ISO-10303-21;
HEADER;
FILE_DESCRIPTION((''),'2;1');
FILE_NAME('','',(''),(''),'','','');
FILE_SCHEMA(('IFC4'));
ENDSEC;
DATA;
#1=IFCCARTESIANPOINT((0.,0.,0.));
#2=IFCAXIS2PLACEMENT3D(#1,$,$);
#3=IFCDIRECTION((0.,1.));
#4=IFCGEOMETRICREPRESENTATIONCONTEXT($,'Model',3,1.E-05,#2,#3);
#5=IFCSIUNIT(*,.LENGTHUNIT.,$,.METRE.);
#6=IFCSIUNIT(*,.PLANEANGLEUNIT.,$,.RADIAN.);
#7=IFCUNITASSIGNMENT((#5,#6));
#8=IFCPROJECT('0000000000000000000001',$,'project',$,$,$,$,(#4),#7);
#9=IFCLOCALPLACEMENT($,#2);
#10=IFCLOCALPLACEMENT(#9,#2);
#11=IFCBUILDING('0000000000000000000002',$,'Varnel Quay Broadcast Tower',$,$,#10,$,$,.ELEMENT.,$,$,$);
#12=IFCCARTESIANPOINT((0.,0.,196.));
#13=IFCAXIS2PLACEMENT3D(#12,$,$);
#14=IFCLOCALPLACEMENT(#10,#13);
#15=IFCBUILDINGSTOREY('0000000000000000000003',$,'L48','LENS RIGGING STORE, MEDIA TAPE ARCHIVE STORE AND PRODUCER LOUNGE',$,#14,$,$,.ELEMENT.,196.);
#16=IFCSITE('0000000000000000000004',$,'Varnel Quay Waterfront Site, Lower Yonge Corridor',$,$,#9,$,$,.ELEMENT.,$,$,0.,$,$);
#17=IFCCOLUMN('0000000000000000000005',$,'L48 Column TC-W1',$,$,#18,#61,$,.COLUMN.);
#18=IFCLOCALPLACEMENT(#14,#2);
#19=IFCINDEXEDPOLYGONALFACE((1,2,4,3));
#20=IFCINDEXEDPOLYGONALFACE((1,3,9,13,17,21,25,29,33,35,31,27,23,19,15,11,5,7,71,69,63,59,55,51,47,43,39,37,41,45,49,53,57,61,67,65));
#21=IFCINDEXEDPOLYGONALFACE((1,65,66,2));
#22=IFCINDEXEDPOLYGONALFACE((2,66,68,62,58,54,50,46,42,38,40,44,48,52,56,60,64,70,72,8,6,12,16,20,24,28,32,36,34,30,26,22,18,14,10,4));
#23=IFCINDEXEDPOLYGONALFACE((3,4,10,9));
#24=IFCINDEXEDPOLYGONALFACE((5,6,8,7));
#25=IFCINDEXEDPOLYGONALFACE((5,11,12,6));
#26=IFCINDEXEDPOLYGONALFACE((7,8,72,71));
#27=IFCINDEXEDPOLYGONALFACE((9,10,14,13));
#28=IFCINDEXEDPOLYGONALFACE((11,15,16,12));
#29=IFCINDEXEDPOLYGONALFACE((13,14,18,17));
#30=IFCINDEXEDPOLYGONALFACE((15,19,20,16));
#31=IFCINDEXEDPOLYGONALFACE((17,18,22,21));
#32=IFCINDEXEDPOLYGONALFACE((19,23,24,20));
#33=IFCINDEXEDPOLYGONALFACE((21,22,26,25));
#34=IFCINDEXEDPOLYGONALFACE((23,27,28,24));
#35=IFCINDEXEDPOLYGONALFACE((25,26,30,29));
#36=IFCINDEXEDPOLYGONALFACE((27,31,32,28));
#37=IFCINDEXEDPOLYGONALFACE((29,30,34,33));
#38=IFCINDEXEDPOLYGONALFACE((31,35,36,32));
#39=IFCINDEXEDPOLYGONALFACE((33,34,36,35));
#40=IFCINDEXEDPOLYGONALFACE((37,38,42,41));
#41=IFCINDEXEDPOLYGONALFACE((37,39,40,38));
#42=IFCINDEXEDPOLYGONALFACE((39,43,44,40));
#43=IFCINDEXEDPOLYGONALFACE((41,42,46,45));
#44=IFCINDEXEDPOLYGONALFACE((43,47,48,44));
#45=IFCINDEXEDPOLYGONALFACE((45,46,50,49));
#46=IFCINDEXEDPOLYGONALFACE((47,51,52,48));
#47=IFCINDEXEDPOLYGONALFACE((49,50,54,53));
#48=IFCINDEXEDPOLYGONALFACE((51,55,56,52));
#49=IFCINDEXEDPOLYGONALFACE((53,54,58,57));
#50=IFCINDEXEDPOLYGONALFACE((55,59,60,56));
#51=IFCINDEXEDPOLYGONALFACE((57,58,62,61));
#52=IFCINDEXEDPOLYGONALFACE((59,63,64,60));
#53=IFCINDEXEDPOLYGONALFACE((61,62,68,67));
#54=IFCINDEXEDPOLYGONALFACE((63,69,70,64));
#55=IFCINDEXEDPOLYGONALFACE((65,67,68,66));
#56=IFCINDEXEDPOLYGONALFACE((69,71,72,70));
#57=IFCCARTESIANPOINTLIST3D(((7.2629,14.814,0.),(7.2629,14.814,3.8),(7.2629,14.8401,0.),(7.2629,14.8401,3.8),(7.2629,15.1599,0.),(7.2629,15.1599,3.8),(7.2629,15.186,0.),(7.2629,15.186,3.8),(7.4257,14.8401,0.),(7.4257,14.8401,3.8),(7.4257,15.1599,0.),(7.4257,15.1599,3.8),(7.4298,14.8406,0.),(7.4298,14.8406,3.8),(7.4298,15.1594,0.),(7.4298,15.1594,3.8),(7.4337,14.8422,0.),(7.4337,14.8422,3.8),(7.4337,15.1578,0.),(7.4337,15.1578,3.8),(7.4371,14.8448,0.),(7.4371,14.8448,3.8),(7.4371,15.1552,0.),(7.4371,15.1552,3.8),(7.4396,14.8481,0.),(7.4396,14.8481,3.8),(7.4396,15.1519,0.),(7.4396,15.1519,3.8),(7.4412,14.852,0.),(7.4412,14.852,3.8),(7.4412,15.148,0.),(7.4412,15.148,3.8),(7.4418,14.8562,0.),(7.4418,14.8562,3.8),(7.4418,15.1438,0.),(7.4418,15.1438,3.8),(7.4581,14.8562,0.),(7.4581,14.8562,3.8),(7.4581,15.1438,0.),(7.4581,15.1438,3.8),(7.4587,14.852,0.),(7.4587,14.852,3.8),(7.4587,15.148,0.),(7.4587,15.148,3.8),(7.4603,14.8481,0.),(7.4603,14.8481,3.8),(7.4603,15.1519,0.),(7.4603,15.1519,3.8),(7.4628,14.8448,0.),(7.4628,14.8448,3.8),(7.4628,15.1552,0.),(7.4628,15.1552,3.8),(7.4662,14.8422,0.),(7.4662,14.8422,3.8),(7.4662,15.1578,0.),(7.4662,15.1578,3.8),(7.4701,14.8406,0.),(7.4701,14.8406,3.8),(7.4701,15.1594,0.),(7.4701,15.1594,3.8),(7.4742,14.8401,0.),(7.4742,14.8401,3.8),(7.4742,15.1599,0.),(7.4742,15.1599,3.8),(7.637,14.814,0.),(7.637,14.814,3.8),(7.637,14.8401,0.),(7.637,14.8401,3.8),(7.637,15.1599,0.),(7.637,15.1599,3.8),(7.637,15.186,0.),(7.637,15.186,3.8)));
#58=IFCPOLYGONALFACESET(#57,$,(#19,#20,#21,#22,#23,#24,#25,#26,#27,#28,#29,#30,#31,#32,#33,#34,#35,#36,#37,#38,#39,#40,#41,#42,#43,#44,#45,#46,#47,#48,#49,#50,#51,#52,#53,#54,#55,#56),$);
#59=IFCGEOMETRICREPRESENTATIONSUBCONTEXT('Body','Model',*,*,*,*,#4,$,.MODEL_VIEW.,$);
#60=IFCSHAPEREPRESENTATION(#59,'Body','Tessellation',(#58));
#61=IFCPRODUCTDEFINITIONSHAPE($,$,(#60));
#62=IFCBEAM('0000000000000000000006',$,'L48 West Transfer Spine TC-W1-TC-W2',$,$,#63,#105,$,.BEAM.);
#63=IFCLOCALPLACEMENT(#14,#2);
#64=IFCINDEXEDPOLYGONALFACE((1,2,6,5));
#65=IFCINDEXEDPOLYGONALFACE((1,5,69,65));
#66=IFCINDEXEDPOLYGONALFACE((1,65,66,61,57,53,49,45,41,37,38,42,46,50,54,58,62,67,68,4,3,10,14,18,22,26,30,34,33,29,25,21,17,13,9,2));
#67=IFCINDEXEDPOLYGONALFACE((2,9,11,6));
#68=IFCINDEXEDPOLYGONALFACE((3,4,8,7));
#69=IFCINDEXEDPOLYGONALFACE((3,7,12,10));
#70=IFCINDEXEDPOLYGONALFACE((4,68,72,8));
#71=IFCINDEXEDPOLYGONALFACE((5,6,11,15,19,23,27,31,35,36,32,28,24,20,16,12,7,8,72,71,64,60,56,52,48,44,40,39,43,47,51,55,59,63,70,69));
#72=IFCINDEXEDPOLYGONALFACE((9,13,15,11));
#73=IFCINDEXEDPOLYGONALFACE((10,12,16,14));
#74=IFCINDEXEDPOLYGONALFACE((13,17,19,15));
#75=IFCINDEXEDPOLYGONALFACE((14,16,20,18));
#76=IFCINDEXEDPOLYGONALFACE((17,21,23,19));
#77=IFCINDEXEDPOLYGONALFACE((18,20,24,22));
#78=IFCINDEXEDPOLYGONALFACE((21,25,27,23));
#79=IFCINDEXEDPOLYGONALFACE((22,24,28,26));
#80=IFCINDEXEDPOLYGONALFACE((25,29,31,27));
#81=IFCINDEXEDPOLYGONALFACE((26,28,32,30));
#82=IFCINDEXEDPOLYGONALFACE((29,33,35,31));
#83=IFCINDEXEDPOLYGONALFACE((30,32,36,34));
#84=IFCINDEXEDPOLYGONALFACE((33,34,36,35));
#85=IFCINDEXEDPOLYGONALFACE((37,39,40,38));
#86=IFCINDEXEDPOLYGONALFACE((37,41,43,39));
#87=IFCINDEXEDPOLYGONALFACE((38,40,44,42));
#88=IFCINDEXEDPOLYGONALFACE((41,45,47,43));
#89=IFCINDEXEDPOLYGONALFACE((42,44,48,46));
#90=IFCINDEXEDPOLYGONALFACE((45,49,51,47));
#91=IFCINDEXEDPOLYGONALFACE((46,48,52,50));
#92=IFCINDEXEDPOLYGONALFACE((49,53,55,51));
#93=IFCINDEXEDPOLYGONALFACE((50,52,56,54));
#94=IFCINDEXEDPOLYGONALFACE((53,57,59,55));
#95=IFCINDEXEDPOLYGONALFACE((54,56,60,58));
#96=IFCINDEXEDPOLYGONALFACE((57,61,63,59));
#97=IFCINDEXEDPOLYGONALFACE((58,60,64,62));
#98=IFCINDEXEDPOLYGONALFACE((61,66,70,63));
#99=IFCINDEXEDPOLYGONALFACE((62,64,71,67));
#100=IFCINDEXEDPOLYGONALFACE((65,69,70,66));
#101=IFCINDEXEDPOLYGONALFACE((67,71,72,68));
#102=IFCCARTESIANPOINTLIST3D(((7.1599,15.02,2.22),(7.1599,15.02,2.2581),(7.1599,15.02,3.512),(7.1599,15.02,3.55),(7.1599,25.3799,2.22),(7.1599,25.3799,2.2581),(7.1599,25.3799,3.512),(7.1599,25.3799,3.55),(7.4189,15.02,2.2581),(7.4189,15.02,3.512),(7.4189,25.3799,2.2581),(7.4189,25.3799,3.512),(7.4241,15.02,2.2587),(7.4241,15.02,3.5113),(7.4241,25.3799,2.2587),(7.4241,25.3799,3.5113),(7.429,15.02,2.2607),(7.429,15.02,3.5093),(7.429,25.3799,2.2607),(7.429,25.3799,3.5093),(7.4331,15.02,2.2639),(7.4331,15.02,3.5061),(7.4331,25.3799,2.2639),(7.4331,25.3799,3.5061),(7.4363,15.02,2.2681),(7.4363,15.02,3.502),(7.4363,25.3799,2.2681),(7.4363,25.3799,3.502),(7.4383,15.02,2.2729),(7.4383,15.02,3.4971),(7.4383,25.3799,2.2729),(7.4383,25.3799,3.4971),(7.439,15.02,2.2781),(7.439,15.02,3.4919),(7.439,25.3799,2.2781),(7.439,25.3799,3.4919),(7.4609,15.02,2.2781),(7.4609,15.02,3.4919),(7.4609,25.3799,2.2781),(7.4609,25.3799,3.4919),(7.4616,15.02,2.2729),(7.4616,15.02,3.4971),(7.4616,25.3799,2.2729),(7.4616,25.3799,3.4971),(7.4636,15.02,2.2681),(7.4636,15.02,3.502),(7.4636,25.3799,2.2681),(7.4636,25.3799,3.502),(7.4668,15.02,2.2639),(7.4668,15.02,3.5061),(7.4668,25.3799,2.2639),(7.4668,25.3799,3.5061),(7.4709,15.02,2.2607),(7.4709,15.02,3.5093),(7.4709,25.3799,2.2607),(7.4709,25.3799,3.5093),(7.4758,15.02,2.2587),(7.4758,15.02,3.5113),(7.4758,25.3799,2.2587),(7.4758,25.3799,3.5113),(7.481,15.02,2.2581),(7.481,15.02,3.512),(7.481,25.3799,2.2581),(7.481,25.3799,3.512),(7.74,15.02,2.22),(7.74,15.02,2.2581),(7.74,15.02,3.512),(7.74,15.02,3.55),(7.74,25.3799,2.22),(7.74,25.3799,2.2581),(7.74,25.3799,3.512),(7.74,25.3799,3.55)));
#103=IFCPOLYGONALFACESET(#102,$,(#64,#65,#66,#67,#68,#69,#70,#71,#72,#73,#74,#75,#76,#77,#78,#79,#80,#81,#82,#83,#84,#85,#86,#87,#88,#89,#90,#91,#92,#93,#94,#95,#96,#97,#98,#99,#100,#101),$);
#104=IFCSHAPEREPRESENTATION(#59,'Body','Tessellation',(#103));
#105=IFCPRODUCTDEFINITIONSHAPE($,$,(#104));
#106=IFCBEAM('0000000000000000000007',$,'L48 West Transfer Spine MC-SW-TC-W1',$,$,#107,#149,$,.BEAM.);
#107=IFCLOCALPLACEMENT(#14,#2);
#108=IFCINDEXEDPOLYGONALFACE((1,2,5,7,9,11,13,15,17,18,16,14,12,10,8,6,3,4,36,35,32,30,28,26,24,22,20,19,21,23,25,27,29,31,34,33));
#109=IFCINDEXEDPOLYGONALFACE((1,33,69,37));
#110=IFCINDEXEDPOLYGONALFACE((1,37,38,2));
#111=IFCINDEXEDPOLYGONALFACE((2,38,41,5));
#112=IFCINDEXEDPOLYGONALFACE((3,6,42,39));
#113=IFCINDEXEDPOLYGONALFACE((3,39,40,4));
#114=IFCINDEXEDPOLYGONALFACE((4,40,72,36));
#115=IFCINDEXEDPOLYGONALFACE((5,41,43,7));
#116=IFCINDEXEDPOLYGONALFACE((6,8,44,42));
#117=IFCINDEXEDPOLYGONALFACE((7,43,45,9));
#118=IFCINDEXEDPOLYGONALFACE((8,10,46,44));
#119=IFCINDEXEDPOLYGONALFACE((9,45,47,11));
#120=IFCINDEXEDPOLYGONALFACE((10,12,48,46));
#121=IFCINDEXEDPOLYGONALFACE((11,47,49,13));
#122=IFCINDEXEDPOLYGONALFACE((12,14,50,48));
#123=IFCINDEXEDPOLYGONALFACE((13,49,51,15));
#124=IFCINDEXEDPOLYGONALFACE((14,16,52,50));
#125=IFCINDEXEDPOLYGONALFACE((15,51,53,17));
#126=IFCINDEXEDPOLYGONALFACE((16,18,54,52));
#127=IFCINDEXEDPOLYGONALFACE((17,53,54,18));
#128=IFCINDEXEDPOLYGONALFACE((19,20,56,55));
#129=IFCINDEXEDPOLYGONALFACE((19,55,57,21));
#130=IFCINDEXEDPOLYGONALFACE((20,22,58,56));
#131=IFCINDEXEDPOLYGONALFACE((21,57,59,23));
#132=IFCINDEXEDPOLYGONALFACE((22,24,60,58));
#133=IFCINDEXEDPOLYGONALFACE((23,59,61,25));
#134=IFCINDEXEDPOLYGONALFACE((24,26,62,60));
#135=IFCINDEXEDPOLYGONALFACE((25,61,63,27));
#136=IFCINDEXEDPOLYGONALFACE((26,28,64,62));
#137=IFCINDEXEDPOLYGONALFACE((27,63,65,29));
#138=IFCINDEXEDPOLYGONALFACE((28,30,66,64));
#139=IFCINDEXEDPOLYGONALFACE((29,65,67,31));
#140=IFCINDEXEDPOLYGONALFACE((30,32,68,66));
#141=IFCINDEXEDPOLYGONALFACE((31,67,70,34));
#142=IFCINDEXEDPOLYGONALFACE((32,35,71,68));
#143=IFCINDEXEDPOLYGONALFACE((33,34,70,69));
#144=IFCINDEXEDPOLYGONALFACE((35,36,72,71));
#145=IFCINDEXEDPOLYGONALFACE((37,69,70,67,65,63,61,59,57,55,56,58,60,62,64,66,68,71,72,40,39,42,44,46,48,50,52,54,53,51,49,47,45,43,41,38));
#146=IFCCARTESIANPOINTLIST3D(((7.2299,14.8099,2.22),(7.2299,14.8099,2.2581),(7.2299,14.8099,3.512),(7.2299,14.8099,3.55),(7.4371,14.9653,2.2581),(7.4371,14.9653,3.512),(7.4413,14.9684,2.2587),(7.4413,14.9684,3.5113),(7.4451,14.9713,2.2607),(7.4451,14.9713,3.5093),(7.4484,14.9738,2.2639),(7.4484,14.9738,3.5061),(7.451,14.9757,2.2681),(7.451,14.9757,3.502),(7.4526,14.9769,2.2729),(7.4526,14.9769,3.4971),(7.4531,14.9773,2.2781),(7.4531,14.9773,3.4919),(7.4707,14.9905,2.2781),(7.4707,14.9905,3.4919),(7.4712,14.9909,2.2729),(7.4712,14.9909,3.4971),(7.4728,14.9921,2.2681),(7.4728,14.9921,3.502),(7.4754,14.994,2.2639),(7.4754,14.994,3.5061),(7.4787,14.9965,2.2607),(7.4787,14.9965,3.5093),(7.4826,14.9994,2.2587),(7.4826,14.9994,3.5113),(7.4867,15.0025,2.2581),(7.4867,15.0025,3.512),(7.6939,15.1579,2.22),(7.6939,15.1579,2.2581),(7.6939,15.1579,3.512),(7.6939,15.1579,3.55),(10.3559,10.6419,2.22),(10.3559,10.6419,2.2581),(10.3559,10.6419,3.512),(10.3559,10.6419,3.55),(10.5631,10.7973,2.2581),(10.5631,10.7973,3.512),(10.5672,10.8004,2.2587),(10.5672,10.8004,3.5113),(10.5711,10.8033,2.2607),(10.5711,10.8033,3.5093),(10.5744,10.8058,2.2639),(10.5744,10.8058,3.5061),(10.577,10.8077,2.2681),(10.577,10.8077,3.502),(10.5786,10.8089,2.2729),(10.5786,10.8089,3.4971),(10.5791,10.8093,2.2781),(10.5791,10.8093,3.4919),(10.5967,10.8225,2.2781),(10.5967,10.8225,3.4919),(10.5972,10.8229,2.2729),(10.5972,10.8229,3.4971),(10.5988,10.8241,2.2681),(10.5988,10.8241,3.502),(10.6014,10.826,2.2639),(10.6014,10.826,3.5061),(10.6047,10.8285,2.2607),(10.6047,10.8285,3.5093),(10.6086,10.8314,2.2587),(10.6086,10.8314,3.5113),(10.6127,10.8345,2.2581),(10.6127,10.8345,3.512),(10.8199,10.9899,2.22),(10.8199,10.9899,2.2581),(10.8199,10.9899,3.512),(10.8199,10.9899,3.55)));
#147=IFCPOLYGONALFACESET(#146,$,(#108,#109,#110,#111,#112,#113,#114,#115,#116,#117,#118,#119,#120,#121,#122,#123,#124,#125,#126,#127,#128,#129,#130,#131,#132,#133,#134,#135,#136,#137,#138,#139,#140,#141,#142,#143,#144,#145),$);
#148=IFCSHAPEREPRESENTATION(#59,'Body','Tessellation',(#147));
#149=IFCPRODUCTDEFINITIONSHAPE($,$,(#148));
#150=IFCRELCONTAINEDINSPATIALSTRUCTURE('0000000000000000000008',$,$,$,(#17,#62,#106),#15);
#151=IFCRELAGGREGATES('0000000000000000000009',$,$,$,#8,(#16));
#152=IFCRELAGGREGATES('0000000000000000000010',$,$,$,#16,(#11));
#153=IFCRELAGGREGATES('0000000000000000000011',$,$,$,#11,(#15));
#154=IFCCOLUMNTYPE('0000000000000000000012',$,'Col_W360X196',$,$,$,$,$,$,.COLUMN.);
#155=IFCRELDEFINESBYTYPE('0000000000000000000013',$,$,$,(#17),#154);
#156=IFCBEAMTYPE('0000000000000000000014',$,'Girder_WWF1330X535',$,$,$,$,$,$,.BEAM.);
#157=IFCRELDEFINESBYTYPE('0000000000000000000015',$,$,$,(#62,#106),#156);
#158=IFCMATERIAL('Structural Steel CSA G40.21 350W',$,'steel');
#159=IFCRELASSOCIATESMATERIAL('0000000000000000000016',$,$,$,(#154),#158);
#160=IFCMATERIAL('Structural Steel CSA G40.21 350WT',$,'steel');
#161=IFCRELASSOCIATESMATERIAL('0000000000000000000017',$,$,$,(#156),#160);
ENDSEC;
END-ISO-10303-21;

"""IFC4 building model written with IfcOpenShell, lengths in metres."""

from ifc_helpers import new_model, si_unit, direction, frame, origin, origin_2d, place, context, subcontext, project, spatial, i_section, extrude, source, transform, mapped, material, material_profile, profile_set, type_object, type_shapes, element, save


model = new_model("IFC4")

# Units and contexts
model_context = context("Model", 3, precision=1e-05, world=origin(), true_north=direction((0.0, 1.0)))
body_context = subcontext(model_context, "Body", "Model", "MODEL_VIEW")
ifc_project = project(units=[si_unit("LENGTHUNIT", "METRE"), si_unit("PLANEANGLEUNIT", "RADIAN")], contexts=[model_context])

# Site, building, storey
site_placement = place(None, origin())
site = spatial("IfcSite", under=ifc_project, at=site_placement, Name="Varnel Quay Waterfront Site, Lower Yonge Corridor", CompositionType="ELEMENT", RefElevation=0.0)
building_placement = place(site_placement, origin())
building = spatial("IfcBuilding", under=site, at=building_placement, Name="Varnel Quay Broadcast Tower", CompositionType="ELEMENT")
storey_placement = place(building_placement, frame((0.0, 0.0, 196.0)))
storey = spatial("IfcBuildingStorey", under=building, at=storey_placement, Name="L48", Description="LENS RIGGING STORE, MEDIA TAPE ARCHIVE STORE AND PRODUCER LOUNGE", CompositionType="ELEMENT", Elevation=196.0)

# Column
ifc_material_1 = material(Name="Structural Steel CSA G40.21 350W", Category="steel")
ifc_material_profile_1 = material_profile(ifc_material_1, i_section(OverallWidth=0.374, OverallDepth=0.3721, WebThickness=0.0164, FlangeThickness=0.0261, FilletRadius=0.0161, at=origin_2d()), Name="W360X196")
ifc_profile_set_1 = profile_set([ifc_material_profile_1], Name="Structural Steel CSA G40.21 350W")
column_type = type_object("IfcColumnType", Name="Col_W360X196", PredefinedType="COLUMN", material=ifc_profile_set_1)
shared_shape_1 = source(origin(), body_context, "Body", "SweptSolid", [
    extrude(i_section(OverallWidth=0.374, OverallDepth=0.3721, WebThickness=0.0164, FlangeThickness=0.0261, FilletRadius=0.0161, at=origin_2d()), origin(), (0.0, 0.0, 1.0), 3.8),
])
type_shapes(column_type, [shared_shape_1])
column_placement = place(storey_placement, frame((7.45, 15.0, 0.0), z_axis=(0.0, 0.0, 1.0), x_axis=(1.0, 0.0, 0.0)))
element("IfcColumn", 1, at=column_placement, inside=storey, type_object=column_type, Name="L48 Column TC-W1", PredefinedType="COLUMN", context=body_context, shape_type="MappedRepresentation", body=[
    mapped(shared_shape_1, transform((0.0, 0.0, 0.0), x_axis=(1.0, 0.0, 0.0), y_axis=(0.0, 1.0, 0.0), z_axis=(0.0, 0.0, 1.0), scale=1.0)),
])

# Beams
ifc_material_2 = material(Name="Structural Steel CSA G40.21 350WT", Category="steel")
ifc_material_profile_2 = material_profile(ifc_material_2, i_section(OverallWidth=0.5801, OverallDepth=1.3301, WebThickness=0.022, FlangeThickness=0.0381, FilletRadius=0.02, at=origin_2d()), Name="WWF1330X535")
ifc_profile_set_2 = profile_set([ifc_material_profile_2], Name="Structural Steel CSA G40.21 350WT")
beam_type_1 = type_object("IfcBeamType", Name="Girder_WWF1330X535", PredefinedType="BEAM", material=ifc_profile_set_2)
shared_shape_2 = source(origin(), body_context, "Body", "SweptSolid", [
    extrude(i_section(OverallWidth=0.5801, OverallDepth=1.3301, WebThickness=0.022, FlangeThickness=0.0381, FilletRadius=0.02, at=origin_2d()), origin(), (0.0, 0.0, 1.0), 10.3599),
])
beam_1_placement = place(storey_placement, frame((7.45, 15.02, 2.885), z_axis=(0.0, 1.0, 0.0), x_axis=(-1.0, 0.0, 0.0)))
element("IfcBeam", 2, at=beam_1_placement, inside=storey, type_object=beam_type_1, Name="L48 West Transfer Spine TC-W1-TC-W2", PredefinedType="BEAM", context=body_context, shape_type="MappedRepresentation", body=[
    mapped(shared_shape_2, transform((0.0, 0.0, 0.0), x_axis=(1.0, 0.0, 0.0), y_axis=(0.0, 1.0, 0.0), z_axis=(0.0, 0.0, 1.0), scale=1.0)),
])
shared_shape_3 = source(origin(), body_context, "Body", "SweptSolid", [
    extrude(i_section(OverallWidth=0.5801, OverallDepth=1.3301, WebThickness=0.022, FlangeThickness=0.0381, FilletRadius=0.02, at=origin_2d()), origin(), (0.0, 0.0, 1.0), 5.21),
])
beam_2_placement = place(storey_placement, frame((10.5879, 10.8159, 2.885), z_axis=(-0.6, 0.8, 0.0), x_axis=(-0.8, -0.6, 0.0)))
element("IfcBeam", 3, at=beam_2_placement, inside=storey, type_object=beam_type_1, Name="L48 West Transfer Spine MC-SW-TC-W1", PredefinedType="BEAM", context=body_context, shape_type="MappedRepresentation", body=[
    mapped(shared_shape_3, transform((0.0, 0.0, 0.0), x_axis=(1.0, 0.0, 0.0), y_axis=(0.0, 1.0, 0.0), z_axis=(0.0, 0.0, 1.0), scale=1.0)),
])

save(model, "model.ifc")
